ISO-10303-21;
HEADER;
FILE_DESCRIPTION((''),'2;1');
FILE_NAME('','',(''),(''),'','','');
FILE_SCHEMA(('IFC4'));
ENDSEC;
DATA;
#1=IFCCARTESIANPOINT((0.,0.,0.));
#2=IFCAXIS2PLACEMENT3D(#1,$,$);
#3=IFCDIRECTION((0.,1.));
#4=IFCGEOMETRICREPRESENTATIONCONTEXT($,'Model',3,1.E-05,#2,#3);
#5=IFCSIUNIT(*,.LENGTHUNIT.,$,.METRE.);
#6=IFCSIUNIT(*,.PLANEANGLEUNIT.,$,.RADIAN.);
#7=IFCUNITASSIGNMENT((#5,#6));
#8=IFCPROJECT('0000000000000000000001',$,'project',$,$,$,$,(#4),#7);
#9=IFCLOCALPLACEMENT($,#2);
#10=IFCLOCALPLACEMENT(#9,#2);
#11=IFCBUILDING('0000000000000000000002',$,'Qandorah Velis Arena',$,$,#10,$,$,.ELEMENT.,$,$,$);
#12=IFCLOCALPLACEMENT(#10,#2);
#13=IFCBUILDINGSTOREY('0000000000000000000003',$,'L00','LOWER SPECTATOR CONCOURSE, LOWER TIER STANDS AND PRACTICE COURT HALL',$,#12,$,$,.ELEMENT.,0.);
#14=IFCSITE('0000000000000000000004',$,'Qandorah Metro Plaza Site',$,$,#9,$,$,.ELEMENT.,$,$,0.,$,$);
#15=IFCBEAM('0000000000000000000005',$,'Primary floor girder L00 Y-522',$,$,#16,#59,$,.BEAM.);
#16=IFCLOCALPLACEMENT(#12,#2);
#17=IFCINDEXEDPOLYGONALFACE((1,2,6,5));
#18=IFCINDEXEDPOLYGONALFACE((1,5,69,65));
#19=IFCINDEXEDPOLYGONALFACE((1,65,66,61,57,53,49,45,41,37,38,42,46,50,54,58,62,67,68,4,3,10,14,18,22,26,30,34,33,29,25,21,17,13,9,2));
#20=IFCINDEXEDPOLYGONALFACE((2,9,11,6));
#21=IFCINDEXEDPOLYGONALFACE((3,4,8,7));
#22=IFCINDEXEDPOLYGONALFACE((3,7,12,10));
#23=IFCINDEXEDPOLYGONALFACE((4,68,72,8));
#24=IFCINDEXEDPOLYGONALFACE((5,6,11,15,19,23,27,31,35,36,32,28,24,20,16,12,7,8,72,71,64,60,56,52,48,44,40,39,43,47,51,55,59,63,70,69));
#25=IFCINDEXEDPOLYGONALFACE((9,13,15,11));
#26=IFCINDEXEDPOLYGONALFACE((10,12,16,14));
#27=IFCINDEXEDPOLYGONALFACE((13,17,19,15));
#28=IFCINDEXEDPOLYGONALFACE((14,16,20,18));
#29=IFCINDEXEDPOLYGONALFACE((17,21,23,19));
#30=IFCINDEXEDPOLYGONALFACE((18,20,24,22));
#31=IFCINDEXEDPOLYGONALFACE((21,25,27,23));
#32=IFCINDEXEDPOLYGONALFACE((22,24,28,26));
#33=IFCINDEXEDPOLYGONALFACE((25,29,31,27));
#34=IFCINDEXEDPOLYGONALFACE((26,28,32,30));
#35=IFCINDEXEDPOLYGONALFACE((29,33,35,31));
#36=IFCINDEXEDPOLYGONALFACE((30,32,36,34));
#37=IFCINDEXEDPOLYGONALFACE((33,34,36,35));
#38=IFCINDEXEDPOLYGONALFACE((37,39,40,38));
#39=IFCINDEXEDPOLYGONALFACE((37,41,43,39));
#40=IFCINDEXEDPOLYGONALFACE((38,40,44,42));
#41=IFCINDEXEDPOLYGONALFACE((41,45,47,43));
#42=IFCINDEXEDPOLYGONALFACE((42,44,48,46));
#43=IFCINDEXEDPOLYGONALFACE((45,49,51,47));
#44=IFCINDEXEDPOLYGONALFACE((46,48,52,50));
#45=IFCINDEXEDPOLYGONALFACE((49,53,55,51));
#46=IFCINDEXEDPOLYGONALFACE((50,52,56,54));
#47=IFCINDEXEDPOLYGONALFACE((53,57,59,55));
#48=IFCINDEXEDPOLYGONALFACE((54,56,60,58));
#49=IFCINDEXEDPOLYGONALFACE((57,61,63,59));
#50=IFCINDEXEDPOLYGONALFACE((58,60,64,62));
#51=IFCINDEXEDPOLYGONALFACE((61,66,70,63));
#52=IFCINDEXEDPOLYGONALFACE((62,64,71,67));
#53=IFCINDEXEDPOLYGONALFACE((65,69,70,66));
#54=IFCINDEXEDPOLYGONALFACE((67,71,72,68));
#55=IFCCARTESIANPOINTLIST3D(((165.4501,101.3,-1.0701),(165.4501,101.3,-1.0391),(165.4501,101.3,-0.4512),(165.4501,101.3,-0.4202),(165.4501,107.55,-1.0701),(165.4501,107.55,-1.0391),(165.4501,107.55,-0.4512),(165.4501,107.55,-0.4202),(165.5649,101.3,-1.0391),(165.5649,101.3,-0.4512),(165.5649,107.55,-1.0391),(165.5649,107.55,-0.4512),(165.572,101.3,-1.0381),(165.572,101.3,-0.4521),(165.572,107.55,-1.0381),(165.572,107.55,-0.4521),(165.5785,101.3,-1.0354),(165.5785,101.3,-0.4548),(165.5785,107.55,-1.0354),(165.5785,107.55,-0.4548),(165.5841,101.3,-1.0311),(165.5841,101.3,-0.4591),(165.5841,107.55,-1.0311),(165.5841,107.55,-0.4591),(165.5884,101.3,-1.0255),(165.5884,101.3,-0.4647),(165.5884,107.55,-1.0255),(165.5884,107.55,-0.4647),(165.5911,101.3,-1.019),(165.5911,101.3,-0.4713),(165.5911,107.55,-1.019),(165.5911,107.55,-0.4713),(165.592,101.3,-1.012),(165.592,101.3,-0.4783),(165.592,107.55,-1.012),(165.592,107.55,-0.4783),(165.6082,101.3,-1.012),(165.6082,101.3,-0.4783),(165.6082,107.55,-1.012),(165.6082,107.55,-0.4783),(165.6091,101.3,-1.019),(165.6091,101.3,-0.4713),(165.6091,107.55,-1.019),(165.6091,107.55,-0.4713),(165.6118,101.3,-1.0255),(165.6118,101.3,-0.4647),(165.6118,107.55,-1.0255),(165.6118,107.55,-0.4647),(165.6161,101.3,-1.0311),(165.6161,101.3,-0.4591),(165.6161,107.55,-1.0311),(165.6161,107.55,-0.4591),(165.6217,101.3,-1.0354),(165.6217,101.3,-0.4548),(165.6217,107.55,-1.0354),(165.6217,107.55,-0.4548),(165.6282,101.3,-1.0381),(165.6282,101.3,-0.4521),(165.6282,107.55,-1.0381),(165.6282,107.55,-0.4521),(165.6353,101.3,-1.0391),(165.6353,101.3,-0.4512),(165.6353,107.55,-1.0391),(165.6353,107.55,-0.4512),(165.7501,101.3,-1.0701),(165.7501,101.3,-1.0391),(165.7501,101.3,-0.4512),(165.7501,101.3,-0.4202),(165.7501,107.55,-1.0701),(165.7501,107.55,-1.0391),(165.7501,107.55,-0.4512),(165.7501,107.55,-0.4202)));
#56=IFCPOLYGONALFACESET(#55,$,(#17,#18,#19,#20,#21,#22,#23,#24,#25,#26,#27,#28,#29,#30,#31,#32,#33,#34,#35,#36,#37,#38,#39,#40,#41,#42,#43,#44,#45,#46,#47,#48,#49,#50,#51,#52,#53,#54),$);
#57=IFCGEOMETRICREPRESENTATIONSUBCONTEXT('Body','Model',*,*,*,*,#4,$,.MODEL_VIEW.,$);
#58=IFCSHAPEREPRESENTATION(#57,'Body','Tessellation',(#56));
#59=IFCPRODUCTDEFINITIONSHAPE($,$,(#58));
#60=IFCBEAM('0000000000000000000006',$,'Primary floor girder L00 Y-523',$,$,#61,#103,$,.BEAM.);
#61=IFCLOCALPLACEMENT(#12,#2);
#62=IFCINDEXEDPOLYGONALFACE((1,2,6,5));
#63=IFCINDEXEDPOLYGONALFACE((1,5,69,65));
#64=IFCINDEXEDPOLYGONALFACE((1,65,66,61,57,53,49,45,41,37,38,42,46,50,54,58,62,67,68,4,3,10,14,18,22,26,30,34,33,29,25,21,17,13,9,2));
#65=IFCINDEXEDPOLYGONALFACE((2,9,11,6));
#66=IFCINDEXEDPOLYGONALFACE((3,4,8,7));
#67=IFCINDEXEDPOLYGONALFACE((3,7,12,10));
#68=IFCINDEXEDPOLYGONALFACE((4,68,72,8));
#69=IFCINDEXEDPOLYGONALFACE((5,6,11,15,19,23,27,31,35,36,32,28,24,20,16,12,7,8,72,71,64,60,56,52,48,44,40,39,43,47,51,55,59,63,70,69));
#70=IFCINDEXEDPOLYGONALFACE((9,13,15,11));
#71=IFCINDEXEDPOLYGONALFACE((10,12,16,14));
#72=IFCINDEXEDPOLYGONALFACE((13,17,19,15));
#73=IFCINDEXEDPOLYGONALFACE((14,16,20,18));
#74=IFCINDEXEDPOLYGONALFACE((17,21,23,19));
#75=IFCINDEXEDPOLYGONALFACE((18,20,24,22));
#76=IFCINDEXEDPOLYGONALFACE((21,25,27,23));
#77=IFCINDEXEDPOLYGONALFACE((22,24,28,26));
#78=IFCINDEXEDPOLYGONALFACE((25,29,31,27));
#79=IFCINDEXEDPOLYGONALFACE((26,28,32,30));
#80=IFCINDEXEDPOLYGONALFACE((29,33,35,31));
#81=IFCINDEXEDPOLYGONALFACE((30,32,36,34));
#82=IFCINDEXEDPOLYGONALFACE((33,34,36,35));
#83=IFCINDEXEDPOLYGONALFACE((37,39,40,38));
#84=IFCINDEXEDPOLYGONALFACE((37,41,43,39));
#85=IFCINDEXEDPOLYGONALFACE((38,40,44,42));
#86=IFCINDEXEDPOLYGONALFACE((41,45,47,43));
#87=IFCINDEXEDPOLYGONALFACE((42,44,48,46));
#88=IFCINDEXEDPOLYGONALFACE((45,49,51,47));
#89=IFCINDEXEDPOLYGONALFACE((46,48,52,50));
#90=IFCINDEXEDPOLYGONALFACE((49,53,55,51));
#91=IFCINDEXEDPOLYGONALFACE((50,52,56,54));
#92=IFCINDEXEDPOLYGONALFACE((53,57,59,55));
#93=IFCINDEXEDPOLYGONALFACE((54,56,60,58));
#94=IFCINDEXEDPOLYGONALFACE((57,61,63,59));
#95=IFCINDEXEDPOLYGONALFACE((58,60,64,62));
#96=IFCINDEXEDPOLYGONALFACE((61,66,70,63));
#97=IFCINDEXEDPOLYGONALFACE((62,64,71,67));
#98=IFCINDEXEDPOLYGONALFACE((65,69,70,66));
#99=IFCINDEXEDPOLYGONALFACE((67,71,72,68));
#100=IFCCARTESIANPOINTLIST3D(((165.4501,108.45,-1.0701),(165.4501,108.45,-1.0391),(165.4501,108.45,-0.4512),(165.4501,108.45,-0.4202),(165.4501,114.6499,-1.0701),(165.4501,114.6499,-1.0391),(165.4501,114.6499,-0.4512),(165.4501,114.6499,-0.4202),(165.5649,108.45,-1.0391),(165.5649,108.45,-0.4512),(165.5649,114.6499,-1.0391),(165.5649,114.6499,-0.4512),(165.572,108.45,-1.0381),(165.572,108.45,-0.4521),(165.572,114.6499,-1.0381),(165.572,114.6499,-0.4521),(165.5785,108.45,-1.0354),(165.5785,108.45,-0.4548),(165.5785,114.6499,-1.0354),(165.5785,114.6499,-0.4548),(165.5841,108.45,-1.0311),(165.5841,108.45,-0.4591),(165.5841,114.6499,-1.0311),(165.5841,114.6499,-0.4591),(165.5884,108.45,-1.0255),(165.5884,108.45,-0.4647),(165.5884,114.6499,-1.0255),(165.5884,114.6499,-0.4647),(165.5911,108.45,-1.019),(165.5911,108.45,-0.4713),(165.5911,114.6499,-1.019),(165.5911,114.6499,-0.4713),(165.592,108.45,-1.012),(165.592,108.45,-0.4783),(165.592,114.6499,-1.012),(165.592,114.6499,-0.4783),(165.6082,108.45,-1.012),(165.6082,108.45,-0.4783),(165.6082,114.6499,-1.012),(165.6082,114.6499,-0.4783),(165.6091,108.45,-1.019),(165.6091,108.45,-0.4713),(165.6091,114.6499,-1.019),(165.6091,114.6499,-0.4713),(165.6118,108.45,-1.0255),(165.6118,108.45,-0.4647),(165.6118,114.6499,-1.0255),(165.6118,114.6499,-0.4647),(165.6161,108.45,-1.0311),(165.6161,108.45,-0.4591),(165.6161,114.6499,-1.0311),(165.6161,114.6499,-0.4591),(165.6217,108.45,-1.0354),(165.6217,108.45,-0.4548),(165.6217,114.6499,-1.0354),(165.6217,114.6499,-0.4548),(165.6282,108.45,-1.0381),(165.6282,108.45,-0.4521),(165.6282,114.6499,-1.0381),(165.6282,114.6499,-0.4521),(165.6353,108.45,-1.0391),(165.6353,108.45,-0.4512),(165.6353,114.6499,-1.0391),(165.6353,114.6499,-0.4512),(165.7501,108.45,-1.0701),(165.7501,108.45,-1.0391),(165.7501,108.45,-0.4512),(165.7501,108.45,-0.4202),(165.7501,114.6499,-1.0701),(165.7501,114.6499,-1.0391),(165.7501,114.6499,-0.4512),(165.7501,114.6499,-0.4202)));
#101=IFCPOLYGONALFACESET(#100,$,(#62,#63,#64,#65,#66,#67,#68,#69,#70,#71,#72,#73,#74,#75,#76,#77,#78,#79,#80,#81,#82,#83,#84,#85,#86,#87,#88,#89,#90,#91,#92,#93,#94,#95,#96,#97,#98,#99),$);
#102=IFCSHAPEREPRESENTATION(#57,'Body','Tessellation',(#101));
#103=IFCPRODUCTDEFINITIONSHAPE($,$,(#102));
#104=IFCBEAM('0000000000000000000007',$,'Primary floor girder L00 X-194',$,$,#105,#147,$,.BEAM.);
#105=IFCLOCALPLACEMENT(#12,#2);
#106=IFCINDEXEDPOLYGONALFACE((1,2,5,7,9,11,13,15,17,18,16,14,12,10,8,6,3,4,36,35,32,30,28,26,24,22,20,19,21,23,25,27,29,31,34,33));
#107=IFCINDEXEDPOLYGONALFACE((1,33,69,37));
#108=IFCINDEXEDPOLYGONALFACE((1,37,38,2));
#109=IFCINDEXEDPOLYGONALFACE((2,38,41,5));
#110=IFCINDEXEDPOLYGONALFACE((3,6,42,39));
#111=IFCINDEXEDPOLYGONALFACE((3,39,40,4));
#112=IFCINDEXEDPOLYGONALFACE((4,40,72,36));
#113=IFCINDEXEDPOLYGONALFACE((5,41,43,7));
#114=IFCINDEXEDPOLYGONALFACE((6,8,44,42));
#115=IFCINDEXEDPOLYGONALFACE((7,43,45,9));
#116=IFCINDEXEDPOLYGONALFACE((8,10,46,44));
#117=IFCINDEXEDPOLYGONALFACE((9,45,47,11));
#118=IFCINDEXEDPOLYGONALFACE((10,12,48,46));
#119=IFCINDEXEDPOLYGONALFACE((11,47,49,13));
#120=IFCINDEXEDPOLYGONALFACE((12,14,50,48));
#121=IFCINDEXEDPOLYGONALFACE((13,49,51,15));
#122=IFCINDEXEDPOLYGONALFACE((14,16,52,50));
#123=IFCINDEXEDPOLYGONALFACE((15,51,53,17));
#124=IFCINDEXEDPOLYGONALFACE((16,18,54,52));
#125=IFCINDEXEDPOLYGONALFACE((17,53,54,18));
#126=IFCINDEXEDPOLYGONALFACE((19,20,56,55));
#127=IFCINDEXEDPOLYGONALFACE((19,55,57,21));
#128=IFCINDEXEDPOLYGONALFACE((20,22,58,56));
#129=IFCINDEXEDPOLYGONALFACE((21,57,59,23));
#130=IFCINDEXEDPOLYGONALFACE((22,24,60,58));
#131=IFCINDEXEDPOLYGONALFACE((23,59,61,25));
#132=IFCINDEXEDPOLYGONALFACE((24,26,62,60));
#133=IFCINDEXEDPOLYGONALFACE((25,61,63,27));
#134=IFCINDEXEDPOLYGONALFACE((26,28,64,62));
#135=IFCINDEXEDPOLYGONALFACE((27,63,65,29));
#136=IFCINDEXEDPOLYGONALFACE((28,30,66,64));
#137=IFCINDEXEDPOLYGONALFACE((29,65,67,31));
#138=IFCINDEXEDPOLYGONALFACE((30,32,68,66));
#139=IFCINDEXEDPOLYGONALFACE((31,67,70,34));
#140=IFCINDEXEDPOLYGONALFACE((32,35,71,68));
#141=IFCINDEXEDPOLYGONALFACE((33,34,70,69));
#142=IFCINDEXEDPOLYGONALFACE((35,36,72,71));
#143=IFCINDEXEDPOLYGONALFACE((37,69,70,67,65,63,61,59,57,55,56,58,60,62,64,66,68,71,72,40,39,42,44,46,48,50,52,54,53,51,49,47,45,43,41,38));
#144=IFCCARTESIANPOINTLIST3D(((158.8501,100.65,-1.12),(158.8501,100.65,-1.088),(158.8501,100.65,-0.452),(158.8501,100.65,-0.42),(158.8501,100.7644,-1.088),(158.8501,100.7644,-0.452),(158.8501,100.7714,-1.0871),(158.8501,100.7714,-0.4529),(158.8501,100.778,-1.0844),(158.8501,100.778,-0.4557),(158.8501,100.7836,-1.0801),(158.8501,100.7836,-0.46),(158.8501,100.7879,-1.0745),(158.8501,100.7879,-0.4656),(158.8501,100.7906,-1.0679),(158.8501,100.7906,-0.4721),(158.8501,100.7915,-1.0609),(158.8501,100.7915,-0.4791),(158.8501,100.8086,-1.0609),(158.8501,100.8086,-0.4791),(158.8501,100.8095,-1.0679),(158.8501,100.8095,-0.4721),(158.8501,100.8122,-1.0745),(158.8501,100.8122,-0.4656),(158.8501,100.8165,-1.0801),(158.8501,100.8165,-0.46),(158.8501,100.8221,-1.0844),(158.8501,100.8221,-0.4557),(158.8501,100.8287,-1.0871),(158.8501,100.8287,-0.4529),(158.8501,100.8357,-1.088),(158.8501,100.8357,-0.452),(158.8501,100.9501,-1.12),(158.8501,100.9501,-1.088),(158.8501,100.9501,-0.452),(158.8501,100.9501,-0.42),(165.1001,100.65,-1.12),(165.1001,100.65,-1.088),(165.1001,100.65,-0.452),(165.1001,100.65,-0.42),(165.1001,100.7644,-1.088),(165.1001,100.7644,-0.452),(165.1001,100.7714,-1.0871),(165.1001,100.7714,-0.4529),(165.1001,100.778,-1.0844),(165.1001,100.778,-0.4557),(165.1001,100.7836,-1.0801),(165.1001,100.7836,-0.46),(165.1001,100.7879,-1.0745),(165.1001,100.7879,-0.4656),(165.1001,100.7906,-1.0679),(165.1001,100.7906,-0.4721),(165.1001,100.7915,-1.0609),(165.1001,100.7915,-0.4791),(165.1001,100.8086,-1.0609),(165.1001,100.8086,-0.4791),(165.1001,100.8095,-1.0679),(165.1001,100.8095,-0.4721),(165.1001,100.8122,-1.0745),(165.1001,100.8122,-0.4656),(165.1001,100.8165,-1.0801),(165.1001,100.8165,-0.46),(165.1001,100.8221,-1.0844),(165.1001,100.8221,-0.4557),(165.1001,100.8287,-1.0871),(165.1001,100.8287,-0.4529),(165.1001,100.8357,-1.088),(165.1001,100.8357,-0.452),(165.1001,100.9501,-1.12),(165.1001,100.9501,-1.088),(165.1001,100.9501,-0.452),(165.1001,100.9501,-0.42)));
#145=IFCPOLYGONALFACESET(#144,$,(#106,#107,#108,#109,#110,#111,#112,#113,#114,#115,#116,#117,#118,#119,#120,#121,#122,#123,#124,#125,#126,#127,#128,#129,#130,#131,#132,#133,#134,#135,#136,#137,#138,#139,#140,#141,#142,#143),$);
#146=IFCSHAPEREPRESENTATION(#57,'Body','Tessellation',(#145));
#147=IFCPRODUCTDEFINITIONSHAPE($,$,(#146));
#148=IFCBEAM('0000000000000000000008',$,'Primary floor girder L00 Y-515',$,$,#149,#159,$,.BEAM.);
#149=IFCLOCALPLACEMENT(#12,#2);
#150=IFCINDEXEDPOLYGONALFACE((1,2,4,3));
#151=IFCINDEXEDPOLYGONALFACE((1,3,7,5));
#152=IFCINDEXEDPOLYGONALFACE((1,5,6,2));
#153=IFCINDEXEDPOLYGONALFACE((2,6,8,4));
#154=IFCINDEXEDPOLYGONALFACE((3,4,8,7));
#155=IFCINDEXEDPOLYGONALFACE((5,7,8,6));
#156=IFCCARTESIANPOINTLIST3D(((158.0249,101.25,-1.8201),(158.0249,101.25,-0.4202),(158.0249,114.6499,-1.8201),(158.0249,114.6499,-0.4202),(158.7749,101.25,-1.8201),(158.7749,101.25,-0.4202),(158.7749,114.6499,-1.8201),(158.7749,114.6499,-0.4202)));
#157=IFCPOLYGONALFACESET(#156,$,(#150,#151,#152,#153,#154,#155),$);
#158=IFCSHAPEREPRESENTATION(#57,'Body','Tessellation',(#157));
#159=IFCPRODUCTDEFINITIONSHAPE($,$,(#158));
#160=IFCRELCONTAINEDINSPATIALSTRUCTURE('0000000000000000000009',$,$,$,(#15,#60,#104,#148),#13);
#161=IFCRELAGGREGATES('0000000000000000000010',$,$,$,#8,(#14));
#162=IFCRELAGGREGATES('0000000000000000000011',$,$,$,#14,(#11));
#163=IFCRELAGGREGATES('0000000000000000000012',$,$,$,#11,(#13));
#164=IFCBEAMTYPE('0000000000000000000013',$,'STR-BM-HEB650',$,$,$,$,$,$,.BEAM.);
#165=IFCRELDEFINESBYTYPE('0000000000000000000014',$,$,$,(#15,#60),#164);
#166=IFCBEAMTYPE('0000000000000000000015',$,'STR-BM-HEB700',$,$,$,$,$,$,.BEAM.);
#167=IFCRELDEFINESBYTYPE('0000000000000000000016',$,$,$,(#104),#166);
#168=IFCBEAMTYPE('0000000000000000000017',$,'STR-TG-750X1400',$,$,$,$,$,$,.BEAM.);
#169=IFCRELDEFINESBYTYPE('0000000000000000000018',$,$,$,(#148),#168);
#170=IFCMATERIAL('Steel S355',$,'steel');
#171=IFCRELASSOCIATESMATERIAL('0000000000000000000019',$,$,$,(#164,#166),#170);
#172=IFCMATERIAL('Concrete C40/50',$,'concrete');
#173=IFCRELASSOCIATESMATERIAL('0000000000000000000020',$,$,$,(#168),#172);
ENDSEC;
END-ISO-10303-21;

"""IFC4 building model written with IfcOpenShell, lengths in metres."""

from ifc_helpers import new_model, si_unit, direction, frame, origin, origin_2d, place, context, subcontext, project, spatial, rectangle, i_section, extrude, material, material_profile, profile_set, type_object, element, save


model = new_model("IFC4")

# Units and contexts
model_context = context("Model", 3, precision=1e-05, world=origin(), true_north=direction((0.0, 1.0)))
body_context = subcontext(model_context, "Body", "Model", "MODEL_VIEW")
ifc_project = project(units=[si_unit("LENGTHUNIT", "METRE"), si_unit("PLANEANGLEUNIT", "RADIAN")], contexts=[model_context])

# Site, building, storey
site_placement = place(None, origin())
site = spatial("IfcSite", under=ifc_project, at=site_placement, Name="Qandorah Metro Plaza Site", CompositionType="ELEMENT", RefElevation=0.0)
building_placement = place(site_placement, origin())
building = spatial("IfcBuilding", under=site, at=building_placement, Name="Qandorah Velis Arena", CompositionType="ELEMENT")
storey_placement = place(building_placement, origin())
storey = spatial("IfcBuildingStorey", under=building, at=storey_placement, Name="L00", Description="LOWER SPECTATOR CONCOURSE, LOWER TIER STANDS AND PRACTICE COURT HALL", CompositionType="ELEMENT", Elevation=0.0)

# Shared definitions
ifc_material_1 = material(Name="Concrete C40/50", Category="concrete")

# Beams
ifc_material_2 = material(Name="Steel S355", Category="steel")
ifc_material_profile_1 = material_profile(ifc_material_2, i_section(OverallWidth=0.3, OverallDepth=0.6499, WebThickness=0.0161, FlangeThickness=0.031, FilletRadius=0.0271, at=origin_2d()), Name="HEB 650")
ifc_profile_set_1 = profile_set([ifc_material_profile_1], Name="Steel S355")
beam_type_1 = type_object("IfcBeamType", Name="STR-BM-HEB650", PredefinedType="BEAM", material=ifc_profile_set_1)
beam_1_placement = place(storey_placement, frame((165.6001, 101.3, -0.7451), z_axis=(0.0, 1.0, 0.0), x_axis=(-1.0, 0.0, 0.0)))
element("IfcBeam", 1, at=beam_1_placement, inside=storey, type_object=beam_type_1, Name="Primary floor girder L00 Y-522", PredefinedType="BEAM", context=body_context, shape_type="SweptSolid", body=[
    extrude(i_section(OverallWidth=0.3, OverallDepth=0.6499, WebThickness=0.0161, FlangeThickness=0.031, FilletRadius=0.0271, at=origin_2d()), origin(), (0.0, 0.0, 1.0), 6.25),
])
beam_2_placement = place(storey_placement, frame((165.6001, 108.45, -0.7451), z_axis=(0.0, 1.0, 0.0), x_axis=(-1.0, 0.0, 0.0)))
element("IfcBeam", 2, at=beam_2_placement, inside=storey, type_object=beam_type_1, Name="Primary floor girder L00 Y-523", PredefinedType="BEAM", context=body_context, shape_type="SweptSolid", body=[
    extrude(i_section(OverallWidth=0.3, OverallDepth=0.6499, WebThickness=0.0161, FlangeThickness=0.031, FilletRadius=0.0271, at=origin_2d()), origin(), (0.0, 0.0, 1.0), 6.2),
])
ifc_material_profile_2 = material_profile(ifc_material_2, i_section(OverallWidth=0.3, OverallDepth=0.7, WebThickness=0.0171, FlangeThickness=0.032, FilletRadius=0.0271, at=origin_2d()), Name="HEB 700")
ifc_profile_set_2 = profile_set([ifc_material_profile_2], Name="Steel S355")
beam_type_2 = type_object("IfcBeamType", Name="STR-BM-HEB700", PredefinedType="BEAM", material=ifc_profile_set_2)
beam_3_placement = place(storey_placement, frame((158.8501, 100.8, -0.77), z_axis=(1.0, 0.0, 0.0), x_axis=(0.0, 1.0, 0.0)))
element("IfcBeam", 3, at=beam_3_placement, inside=storey, type_object=beam_type_2, Name="Primary floor girder L00 X-194", PredefinedType="BEAM", context=body_context, shape_type="SweptSolid", body=[
    extrude(i_section(OverallWidth=0.3, OverallDepth=0.7, WebThickness=0.0171, FlangeThickness=0.032, FilletRadius=0.0271, at=origin_2d()), origin(), (0.0, 0.0, 1.0), 6.25),
])
ifc_material_profile_3 = material_profile(ifc_material_1, rectangle(XDim=0.75, YDim=1.3999, at=origin_2d()), Name="RC TG 750x1400")
ifc_profile_set_3 = profile_set([ifc_material_profile_3], Name="Concrete C40/50")
beam_type_3 = type_object("IfcBeamType", Name="STR-TG-750X1400", PredefinedType="BEAM", material=ifc_profile_set_3)
beam_4_placement = place(storey_placement, frame((158.3999, 101.25, -1.1201), z_axis=(0.0, 1.0, 0.0), x_axis=(-1.0, 0.0, 0.0)))
element("IfcBeam", 4, at=beam_4_placement, inside=storey, type_object=beam_type_3, Name="Primary floor girder L00 Y-515", PredefinedType="BEAM", context=body_context, shape_type="SweptSolid", body=[
    extrude(rectangle(XDim=0.75, YDim=1.3999, at=origin_2d()), origin(), (0.0, 0.0, 1.0), 13.3999),
])

save(model, "model.ifc")
